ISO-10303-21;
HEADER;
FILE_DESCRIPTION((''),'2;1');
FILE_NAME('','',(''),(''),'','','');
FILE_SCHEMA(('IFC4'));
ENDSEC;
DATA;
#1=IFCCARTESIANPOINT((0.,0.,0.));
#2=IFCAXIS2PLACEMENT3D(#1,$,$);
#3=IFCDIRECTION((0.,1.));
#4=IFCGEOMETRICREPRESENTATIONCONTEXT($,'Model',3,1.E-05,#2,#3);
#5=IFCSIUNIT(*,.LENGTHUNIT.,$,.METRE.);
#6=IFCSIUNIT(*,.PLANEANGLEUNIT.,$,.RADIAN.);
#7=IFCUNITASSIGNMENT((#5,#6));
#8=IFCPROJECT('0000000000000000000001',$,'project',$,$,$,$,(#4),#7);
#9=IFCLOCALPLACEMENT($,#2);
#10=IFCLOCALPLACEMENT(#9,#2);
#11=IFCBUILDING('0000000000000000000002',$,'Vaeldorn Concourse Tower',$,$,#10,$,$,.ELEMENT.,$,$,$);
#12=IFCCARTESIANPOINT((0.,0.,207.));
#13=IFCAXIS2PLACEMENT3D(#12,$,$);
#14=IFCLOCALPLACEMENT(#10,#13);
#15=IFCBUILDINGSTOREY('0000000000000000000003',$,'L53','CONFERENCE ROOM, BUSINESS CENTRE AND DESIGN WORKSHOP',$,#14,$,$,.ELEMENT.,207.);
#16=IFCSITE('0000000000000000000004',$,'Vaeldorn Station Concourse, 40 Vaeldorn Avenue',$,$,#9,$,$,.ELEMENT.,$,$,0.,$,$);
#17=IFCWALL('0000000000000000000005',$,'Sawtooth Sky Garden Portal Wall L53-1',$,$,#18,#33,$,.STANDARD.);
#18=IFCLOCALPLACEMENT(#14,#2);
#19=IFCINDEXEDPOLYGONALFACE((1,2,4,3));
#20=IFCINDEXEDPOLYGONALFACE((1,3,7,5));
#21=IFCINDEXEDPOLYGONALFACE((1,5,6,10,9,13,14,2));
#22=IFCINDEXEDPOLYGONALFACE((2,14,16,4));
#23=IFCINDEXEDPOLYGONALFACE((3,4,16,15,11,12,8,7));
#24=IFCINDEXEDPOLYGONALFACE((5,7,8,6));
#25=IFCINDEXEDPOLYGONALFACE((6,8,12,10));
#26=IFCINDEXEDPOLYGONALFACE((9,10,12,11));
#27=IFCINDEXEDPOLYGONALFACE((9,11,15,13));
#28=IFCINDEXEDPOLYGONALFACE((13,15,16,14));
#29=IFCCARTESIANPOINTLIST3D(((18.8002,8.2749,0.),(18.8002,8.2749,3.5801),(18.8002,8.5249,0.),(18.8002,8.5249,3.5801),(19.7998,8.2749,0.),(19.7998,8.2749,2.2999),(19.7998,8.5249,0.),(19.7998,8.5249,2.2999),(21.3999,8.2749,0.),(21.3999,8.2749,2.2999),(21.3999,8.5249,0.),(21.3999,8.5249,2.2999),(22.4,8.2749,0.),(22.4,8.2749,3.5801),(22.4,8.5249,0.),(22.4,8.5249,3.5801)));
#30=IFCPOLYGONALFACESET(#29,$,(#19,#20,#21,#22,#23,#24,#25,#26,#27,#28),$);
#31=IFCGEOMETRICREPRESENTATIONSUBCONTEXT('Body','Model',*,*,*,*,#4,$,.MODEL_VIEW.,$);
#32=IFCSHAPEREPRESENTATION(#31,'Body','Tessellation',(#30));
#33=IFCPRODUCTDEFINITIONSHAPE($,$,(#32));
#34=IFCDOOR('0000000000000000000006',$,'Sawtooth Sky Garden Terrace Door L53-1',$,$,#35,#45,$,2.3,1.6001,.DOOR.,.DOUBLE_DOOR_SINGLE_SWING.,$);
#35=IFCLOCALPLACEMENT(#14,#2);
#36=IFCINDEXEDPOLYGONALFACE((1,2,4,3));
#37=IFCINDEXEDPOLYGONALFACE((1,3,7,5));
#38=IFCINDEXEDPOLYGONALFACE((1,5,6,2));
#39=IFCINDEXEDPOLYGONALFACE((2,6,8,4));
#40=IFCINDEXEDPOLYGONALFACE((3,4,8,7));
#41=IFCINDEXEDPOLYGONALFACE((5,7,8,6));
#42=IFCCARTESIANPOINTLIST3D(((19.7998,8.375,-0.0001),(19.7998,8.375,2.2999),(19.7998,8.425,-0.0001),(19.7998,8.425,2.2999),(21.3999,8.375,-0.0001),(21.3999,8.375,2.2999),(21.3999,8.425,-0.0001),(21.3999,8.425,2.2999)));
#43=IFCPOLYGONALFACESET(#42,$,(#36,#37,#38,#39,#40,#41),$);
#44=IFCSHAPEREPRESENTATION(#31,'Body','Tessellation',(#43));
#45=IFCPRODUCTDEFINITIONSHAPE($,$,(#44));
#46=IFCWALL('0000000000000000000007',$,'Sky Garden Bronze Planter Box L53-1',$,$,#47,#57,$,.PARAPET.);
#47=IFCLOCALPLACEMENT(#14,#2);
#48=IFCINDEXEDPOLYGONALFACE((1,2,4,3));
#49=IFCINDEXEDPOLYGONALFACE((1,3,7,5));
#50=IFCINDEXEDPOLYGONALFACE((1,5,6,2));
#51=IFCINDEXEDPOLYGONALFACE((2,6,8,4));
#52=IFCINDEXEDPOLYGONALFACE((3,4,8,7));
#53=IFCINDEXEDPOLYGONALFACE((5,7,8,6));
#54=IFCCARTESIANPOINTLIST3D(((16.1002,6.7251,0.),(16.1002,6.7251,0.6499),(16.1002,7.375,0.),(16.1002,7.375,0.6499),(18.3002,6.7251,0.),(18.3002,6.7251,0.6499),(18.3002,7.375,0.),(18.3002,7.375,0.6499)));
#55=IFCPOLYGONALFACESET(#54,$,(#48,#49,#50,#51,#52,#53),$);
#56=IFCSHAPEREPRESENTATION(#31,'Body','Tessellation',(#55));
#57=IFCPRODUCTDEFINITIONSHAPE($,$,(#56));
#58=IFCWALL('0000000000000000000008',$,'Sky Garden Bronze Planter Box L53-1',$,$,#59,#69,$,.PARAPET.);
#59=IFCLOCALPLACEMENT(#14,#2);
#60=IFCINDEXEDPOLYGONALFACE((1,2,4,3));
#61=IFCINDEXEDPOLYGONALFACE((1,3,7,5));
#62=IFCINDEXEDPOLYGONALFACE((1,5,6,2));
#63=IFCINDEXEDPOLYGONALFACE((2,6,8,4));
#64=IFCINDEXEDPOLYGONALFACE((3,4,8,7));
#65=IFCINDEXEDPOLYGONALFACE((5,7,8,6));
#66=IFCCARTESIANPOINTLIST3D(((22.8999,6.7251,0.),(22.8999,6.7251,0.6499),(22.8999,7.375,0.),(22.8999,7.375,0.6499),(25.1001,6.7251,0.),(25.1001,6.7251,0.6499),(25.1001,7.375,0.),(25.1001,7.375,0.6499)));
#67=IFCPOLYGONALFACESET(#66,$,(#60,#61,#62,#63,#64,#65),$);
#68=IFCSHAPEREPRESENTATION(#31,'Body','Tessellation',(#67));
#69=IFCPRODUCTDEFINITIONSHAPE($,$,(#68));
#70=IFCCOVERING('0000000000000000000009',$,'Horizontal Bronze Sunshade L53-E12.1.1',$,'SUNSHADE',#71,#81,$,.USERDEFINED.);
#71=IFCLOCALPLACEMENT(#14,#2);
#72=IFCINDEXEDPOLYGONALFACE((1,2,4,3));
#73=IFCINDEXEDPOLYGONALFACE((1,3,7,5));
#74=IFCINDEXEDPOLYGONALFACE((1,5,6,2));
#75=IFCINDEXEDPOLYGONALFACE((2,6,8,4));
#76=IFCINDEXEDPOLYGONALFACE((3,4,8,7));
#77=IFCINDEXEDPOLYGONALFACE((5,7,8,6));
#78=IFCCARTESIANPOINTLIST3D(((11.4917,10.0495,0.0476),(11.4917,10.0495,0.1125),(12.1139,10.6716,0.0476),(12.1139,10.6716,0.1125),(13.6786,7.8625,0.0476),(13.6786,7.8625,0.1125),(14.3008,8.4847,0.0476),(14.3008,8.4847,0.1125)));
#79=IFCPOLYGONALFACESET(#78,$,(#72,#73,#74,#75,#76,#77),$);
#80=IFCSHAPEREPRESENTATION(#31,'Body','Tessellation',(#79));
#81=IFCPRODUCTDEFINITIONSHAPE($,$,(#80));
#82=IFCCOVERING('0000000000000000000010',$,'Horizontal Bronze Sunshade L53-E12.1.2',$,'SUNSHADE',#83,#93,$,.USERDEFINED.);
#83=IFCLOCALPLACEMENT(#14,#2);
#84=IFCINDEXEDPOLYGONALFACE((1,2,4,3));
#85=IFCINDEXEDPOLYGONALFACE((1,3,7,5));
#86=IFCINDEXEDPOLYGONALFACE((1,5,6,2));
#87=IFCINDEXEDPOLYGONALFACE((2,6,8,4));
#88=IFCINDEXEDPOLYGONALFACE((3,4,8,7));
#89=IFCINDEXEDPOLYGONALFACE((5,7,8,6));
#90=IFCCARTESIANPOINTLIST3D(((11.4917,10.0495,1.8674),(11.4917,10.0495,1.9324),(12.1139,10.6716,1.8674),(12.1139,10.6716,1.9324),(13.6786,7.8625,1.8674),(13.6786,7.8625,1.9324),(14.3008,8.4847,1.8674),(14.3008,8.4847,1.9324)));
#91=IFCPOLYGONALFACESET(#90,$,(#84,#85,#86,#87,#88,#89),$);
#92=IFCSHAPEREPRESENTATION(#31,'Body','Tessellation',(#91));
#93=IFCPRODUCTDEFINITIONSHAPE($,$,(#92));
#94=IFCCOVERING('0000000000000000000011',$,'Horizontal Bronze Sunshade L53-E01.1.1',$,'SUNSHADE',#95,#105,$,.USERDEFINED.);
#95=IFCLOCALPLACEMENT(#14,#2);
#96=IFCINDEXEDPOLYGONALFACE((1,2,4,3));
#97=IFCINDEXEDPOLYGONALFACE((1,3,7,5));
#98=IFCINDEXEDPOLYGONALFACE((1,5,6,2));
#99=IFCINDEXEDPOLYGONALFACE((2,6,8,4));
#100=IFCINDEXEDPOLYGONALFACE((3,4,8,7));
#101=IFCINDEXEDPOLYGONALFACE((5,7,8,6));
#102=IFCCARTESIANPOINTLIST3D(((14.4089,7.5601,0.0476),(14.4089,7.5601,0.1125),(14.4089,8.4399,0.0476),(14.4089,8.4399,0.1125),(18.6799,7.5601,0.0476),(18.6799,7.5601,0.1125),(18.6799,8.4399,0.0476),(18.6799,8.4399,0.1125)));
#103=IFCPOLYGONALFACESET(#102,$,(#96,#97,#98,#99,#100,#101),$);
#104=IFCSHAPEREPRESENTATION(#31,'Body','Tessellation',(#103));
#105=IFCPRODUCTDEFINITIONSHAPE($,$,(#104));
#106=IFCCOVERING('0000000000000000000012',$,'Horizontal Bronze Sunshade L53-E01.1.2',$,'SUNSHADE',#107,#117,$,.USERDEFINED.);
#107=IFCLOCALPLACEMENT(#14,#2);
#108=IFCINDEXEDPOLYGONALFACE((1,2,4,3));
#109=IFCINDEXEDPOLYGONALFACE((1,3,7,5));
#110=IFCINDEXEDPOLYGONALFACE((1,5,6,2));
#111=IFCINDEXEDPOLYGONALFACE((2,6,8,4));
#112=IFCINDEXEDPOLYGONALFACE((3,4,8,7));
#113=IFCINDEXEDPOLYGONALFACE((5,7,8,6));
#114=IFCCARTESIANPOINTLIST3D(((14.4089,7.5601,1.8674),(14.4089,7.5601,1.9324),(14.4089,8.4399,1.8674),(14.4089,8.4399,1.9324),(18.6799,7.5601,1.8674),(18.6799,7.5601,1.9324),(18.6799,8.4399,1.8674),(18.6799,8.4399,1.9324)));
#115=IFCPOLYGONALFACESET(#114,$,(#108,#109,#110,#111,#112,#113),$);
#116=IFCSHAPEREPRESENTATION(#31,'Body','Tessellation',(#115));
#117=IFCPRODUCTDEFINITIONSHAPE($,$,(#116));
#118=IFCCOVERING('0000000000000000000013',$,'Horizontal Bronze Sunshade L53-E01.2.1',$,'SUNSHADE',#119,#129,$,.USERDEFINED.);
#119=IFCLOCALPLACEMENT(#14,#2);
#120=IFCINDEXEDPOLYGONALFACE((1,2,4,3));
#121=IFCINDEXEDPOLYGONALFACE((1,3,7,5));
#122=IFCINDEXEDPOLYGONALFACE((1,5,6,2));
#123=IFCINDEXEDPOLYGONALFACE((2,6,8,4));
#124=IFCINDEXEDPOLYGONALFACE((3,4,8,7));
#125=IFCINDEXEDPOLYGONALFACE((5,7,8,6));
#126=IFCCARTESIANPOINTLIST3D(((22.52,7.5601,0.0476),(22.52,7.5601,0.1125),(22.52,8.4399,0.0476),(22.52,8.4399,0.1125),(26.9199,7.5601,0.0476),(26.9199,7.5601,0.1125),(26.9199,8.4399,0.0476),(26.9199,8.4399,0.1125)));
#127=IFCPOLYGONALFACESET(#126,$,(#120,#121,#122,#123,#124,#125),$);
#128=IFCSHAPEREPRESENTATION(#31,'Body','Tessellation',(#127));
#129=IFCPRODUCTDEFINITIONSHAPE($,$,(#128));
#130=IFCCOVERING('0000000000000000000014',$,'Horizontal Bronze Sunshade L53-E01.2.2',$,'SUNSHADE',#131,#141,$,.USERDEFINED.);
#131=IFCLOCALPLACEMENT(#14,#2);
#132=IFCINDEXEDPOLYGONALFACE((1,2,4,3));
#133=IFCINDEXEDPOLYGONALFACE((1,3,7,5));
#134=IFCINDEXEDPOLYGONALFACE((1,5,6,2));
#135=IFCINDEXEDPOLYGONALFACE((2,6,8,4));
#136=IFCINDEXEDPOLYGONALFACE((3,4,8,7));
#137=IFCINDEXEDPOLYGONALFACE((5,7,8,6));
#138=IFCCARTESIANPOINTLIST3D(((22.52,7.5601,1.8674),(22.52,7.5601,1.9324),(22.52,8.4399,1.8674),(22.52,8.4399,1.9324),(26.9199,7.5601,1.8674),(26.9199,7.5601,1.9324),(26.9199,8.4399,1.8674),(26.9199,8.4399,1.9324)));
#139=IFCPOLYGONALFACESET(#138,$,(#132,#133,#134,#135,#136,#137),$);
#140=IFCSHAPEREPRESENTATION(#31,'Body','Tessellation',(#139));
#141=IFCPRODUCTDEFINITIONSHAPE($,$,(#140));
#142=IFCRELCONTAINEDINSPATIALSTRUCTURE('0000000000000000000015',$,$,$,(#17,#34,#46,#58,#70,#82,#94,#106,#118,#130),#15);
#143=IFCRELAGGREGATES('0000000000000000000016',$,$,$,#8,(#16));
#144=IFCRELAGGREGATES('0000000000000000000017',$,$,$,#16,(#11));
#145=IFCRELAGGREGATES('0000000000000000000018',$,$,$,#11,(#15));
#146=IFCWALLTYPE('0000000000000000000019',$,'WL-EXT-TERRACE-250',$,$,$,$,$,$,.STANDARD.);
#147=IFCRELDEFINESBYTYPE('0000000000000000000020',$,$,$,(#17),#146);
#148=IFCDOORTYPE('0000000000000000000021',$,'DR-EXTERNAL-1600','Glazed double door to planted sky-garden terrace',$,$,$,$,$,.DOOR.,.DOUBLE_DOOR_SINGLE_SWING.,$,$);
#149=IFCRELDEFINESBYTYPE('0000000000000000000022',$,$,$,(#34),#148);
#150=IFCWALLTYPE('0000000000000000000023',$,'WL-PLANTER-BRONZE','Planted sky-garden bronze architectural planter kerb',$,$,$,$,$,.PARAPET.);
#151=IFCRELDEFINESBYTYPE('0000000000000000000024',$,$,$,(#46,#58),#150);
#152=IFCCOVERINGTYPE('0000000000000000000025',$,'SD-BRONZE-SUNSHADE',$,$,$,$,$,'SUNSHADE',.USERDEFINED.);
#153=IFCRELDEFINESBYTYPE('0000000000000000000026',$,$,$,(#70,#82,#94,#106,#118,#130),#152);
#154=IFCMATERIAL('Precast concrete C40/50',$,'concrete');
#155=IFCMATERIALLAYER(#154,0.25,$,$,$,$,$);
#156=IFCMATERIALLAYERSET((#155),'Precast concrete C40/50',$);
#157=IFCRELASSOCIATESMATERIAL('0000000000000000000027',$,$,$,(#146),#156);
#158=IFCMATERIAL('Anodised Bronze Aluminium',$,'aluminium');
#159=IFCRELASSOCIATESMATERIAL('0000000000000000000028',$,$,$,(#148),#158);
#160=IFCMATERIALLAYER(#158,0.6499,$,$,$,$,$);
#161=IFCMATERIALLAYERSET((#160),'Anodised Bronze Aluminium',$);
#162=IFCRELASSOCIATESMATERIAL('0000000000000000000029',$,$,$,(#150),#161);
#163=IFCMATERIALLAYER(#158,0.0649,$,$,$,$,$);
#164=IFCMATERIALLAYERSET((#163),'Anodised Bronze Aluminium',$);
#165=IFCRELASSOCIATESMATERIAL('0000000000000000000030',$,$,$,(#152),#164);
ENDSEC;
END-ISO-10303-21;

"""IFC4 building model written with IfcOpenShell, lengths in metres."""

from ifc_helpers import new_model, si_unit, direction, frame, frame_2d, origin, origin_2d, place, context, subcontext, project, spatial, rectangle, extrude, source, transform, mapped, material, layer, layer_set, type_object, element, fill, save


model = new_model("IFC4")

# Units and contexts
model_context = context("Model", 3, precision=1e-05, world=origin(), true_north=direction((0.0, 1.0)))
body_context = subcontext(model_context, "Body", "Model", "MODEL_VIEW")
ifc_project = project(units=[si_unit("LENGTHUNIT", "METRE"), si_unit("PLANEANGLEUNIT", "RADIAN")], contexts=[model_context])

# Site, building, storey
site_placement = place(None, origin())
site = spatial("IfcSite", under=ifc_project, at=site_placement, Name="Vaeldorn Station Concourse, 40 Vaeldorn Avenue", CompositionType="ELEMENT", RefElevation=0.0)
building_placement = place(site_placement, origin())
building = spatial("IfcBuilding", under=site, at=building_placement, Name="Vaeldorn Concourse Tower", CompositionType="ELEMENT")
storey_placement = place(building_placement, frame((0.0, 0.0, 207.0)))
storey = spatial("IfcBuildingStorey", under=building, at=storey_placement, Name="L53", Description="CONFERENCE ROOM, BUSINESS CENTRE AND DESIGN WORKSHOP", CompositionType="ELEMENT", Elevation=207.0)

# Shared definitions
ifc_material_1 = material(Name="Anodised Bronze Aluminium", Category="aluminium")

# Wall, opening, door
ifc_material_2 = material(Name="Precast concrete C40/50", Category="concrete")
ifc_layer_1 = layer(ifc_material_2, 0.25)
ifc_layer_set_1 = layer_set([ifc_layer_1], Name="Precast concrete C40/50")
wall_type_1 = type_object("IfcWallType", Name="WL-EXT-TERRACE-250", PredefinedType="STANDARD", material=ifc_layer_set_1)
wall_1_placement = place(storey_placement, frame((22.3999, 8.3999, 0.0), z_axis=(0.0, 0.0, 1.0), x_axis=(-1.0, 0.0, 0.0)))
wall_1 = element("IfcWall", 1, at=wall_1_placement, inside=storey, type_object=wall_type_1, Name="Sawtooth Sky Garden Portal Wall L53-1", PredefinedType="STANDARD", context=body_context, shape_type="SweptSolid", body=[
    extrude(rectangle(XDim=3.5999, YDim=0.25, at=frame_2d((1.7998, 0.0))), origin(), (0.0, 0.0, 1.0), 3.5801),
])
opening_placement = place(wall_1_placement, frame((1.0, 0.0, 0.0)))
opening = element("IfcOpeningElement", 2, at=opening_placement, cuts=wall_1, PredefinedType="OPENING", context=body_context, shape_type="SweptSolid", body=[
    extrude(rectangle(XDim=1.6001, YDim=2.3, at=frame_2d((0.8, 1.1499))), frame((0.0, 0.135, 0.0), z_axis=(0.0, -1.0, 0.0), x_axis=(1.0, 0.0, 0.0)), (0.0, 0.0, 1.0), 0.27),
])
door_type = type_object("IfcDoorType", Name="DR-EXTERNAL-1600", Description="Glazed double door to planted sky-garden terrace", OperationType="DOUBLE_DOOR_SINGLE_SWING", PredefinedType="DOOR", material=ifc_material_1)
shared_shape_1 = source(origin(), body_context, "Body", "SweptSolid", [
    extrude(rectangle(XDim=1.6001, YDim=2.3, at=frame_2d((0.8, 1.1499))), frame((0.0, 0.0249, 0.0), z_axis=(0.0, -1.0, 0.0), x_axis=(1.0, 0.0, 0.0)), (0.0, 0.0, 1.0), 0.05),
])
door_placement = place(opening_placement, origin())
door = element("IfcDoor", 3, at=door_placement, inside=storey, type_object=door_type, Name="Sawtooth Sky Garden Terrace Door L53-1", OperationType="DOUBLE_DOOR_SINGLE_SWING", OverallHeight=2.3, OverallWidth=1.6001, PredefinedType="DOOR", context=body_context, shape_type="MappedRepresentation", body=[
    mapped(shared_shape_1, transform((0.0, 0.0, 0.0), scale=1.0)),
])
fill(opening, door)

# Walls
ifc_layer_2 = layer(ifc_material_1, 0.6499)
ifc_layer_set_2 = layer_set([ifc_layer_2], Name="Anodised Bronze Aluminium")
wall_type_2 = type_object("IfcWallType", Name="WL-PLANTER-BRONZE", Description="Planted sky-garden bronze architectural planter kerb", PredefinedType="PARAPET", material=ifc_layer_set_2)
wall_2_placement = place(storey_placement, frame((16.1001, 7.05, 0.0), z_axis=(0.0, 0.0, 1.0), x_axis=(1.0, 0.0, 0.0)))
element("IfcWall", 4, at=wall_2_placement, inside=storey, type_object=wall_type_2, Name="Sky Garden Bronze Planter Box L53-1", PredefinedType="PARAPET", context=body_context, shape_type="SweptSolid", body=[
    extrude(rectangle(XDim=2.2, YDim=0.6499, at=frame_2d((1.1001, 0.0))), origin(), (0.0, 0.0, 1.0), 0.6499),
])
wall_3_placement = place(storey_placement, frame((22.8999, 7.05, 0.0), z_axis=(0.0, 0.0, 1.0), x_axis=(1.0, 0.0, 0.0)))
element("IfcWall", 5, at=wall_3_placement, inside=storey, type_object=wall_type_2, Name="Sky Garden Bronze Planter Box L53-1", PredefinedType="PARAPET", context=body_context, shape_type="SweptSolid", body=[
    extrude(rectangle(XDim=2.2002, YDim=0.6499, at=frame_2d((1.1001, 0.0))), origin(), (0.0, 0.0, 1.0), 0.6499),
])

# Coverings
ifc_layer_3 = layer(ifc_material_1, 0.0649)
ifc_layer_set_3 = layer_set([ifc_layer_3], Name="Anodised Bronze Aluminium")
covering_type = type_object("IfcCoveringType", Name="SD-BRONZE-SUNSHADE", ElementType="SUNSHADE", PredefinedType="USERDEFINED", material=ifc_layer_set_3)
shared_shape_2 = source(origin(), body_context, "Body", "SweptSolid", [
    extrude(rectangle(XDim=3.0928, YDim=0.8799, at=origin_2d()), origin(), (0.0, 0.0, 1.0), 0.0649),
])
for number, where, z_axis, x_axis, name in (
    (6, (12.8962, 9.2671, 0.0476), (0.0, 0.0, 1.0), (0.707107, -0.707107, 0.0), "Horizontal Bronze Sunshade L53-E12.1.1"),
    (7, (12.8962, 9.2671, 1.8674), (0.0, 0.0, 1.0), (0.707107, -0.707107, 0.0), "Horizontal Bronze Sunshade L53-E12.1.2"),
):
    element("IfcCovering", number, at=place(storey_placement, frame(where, z_axis=z_axis, x_axis=x_axis)), inside=storey, type_object=covering_type, Name=name, ObjectType="SUNSHADE", PredefinedType="USERDEFINED", context=body_context, shape_type="MappedRepresentation", body=[
        mapped(shared_shape_2, transform((0.0, 0.0, 0.0), scale=1.0)),
    ])
shared_shape_3 = source(origin(), body_context, "Body", "SweptSolid", [
    extrude(rectangle(XDim=4.271, YDim=0.8799, at=origin_2d()), origin(), (0.0, 0.0, 1.0), 0.0649),
])
for number, where, z_axis, x_axis, name in (
    (8, (16.5444, 8.0, 0.0476), (0.0, 0.0, 1.0), (1.0, 0.0, 0.0), "Horizontal Bronze Sunshade L53-E01.1.1"),
    (9, (16.5444, 8.0, 1.8674), (0.0, 0.0, 1.0), (1.0, 0.0, 0.0), "Horizontal Bronze Sunshade L53-E01.1.2"),
):
    element("IfcCovering", number, at=place(storey_placement, frame(where, z_axis=z_axis, x_axis=x_axis)), inside=storey, type_object=covering_type, Name=name, ObjectType="SUNSHADE", PredefinedType="USERDEFINED", context=body_context, shape_type="MappedRepresentation", body=[
        mapped(shared_shape_3, transform((0.0, 0.0, 0.0), scale=1.0)),
    ])
shared_shape_4 = source(origin(), body_context, "Body", "SweptSolid", [
    extrude(rectangle(XDim=4.3999, YDim=0.8799, at=origin_2d()), origin(), (0.0, 0.0, 1.0), 0.0649),
])
for number, where, z_axis, x_axis, name in (
    (10, (24.72, 8.0, 0.0476), (0.0, 0.0, 1.0), (1.0, 0.0, 0.0), "Horizontal Bronze Sunshade L53-E01.2.1"),
    (11, (24.72, 8.0, 1.8674), (0.0, 0.0, 1.0), (1.0, 0.0, 0.0), "Horizontal Bronze Sunshade L53-E01.2.2"),
):
    element("IfcCovering", number, at=place(storey_placement, frame(where, z_axis=z_axis, x_axis=x_axis)), inside=storey, type_object=covering_type, Name=name, ObjectType="SUNSHADE", PredefinedType="USERDEFINED", context=body_context, shape_type="MappedRepresentation", body=[
        mapped(shared_shape_4, transform((0.0, 0.0, 0.0), scale=1.0)),
    ])

save(model, "model.ifc")
